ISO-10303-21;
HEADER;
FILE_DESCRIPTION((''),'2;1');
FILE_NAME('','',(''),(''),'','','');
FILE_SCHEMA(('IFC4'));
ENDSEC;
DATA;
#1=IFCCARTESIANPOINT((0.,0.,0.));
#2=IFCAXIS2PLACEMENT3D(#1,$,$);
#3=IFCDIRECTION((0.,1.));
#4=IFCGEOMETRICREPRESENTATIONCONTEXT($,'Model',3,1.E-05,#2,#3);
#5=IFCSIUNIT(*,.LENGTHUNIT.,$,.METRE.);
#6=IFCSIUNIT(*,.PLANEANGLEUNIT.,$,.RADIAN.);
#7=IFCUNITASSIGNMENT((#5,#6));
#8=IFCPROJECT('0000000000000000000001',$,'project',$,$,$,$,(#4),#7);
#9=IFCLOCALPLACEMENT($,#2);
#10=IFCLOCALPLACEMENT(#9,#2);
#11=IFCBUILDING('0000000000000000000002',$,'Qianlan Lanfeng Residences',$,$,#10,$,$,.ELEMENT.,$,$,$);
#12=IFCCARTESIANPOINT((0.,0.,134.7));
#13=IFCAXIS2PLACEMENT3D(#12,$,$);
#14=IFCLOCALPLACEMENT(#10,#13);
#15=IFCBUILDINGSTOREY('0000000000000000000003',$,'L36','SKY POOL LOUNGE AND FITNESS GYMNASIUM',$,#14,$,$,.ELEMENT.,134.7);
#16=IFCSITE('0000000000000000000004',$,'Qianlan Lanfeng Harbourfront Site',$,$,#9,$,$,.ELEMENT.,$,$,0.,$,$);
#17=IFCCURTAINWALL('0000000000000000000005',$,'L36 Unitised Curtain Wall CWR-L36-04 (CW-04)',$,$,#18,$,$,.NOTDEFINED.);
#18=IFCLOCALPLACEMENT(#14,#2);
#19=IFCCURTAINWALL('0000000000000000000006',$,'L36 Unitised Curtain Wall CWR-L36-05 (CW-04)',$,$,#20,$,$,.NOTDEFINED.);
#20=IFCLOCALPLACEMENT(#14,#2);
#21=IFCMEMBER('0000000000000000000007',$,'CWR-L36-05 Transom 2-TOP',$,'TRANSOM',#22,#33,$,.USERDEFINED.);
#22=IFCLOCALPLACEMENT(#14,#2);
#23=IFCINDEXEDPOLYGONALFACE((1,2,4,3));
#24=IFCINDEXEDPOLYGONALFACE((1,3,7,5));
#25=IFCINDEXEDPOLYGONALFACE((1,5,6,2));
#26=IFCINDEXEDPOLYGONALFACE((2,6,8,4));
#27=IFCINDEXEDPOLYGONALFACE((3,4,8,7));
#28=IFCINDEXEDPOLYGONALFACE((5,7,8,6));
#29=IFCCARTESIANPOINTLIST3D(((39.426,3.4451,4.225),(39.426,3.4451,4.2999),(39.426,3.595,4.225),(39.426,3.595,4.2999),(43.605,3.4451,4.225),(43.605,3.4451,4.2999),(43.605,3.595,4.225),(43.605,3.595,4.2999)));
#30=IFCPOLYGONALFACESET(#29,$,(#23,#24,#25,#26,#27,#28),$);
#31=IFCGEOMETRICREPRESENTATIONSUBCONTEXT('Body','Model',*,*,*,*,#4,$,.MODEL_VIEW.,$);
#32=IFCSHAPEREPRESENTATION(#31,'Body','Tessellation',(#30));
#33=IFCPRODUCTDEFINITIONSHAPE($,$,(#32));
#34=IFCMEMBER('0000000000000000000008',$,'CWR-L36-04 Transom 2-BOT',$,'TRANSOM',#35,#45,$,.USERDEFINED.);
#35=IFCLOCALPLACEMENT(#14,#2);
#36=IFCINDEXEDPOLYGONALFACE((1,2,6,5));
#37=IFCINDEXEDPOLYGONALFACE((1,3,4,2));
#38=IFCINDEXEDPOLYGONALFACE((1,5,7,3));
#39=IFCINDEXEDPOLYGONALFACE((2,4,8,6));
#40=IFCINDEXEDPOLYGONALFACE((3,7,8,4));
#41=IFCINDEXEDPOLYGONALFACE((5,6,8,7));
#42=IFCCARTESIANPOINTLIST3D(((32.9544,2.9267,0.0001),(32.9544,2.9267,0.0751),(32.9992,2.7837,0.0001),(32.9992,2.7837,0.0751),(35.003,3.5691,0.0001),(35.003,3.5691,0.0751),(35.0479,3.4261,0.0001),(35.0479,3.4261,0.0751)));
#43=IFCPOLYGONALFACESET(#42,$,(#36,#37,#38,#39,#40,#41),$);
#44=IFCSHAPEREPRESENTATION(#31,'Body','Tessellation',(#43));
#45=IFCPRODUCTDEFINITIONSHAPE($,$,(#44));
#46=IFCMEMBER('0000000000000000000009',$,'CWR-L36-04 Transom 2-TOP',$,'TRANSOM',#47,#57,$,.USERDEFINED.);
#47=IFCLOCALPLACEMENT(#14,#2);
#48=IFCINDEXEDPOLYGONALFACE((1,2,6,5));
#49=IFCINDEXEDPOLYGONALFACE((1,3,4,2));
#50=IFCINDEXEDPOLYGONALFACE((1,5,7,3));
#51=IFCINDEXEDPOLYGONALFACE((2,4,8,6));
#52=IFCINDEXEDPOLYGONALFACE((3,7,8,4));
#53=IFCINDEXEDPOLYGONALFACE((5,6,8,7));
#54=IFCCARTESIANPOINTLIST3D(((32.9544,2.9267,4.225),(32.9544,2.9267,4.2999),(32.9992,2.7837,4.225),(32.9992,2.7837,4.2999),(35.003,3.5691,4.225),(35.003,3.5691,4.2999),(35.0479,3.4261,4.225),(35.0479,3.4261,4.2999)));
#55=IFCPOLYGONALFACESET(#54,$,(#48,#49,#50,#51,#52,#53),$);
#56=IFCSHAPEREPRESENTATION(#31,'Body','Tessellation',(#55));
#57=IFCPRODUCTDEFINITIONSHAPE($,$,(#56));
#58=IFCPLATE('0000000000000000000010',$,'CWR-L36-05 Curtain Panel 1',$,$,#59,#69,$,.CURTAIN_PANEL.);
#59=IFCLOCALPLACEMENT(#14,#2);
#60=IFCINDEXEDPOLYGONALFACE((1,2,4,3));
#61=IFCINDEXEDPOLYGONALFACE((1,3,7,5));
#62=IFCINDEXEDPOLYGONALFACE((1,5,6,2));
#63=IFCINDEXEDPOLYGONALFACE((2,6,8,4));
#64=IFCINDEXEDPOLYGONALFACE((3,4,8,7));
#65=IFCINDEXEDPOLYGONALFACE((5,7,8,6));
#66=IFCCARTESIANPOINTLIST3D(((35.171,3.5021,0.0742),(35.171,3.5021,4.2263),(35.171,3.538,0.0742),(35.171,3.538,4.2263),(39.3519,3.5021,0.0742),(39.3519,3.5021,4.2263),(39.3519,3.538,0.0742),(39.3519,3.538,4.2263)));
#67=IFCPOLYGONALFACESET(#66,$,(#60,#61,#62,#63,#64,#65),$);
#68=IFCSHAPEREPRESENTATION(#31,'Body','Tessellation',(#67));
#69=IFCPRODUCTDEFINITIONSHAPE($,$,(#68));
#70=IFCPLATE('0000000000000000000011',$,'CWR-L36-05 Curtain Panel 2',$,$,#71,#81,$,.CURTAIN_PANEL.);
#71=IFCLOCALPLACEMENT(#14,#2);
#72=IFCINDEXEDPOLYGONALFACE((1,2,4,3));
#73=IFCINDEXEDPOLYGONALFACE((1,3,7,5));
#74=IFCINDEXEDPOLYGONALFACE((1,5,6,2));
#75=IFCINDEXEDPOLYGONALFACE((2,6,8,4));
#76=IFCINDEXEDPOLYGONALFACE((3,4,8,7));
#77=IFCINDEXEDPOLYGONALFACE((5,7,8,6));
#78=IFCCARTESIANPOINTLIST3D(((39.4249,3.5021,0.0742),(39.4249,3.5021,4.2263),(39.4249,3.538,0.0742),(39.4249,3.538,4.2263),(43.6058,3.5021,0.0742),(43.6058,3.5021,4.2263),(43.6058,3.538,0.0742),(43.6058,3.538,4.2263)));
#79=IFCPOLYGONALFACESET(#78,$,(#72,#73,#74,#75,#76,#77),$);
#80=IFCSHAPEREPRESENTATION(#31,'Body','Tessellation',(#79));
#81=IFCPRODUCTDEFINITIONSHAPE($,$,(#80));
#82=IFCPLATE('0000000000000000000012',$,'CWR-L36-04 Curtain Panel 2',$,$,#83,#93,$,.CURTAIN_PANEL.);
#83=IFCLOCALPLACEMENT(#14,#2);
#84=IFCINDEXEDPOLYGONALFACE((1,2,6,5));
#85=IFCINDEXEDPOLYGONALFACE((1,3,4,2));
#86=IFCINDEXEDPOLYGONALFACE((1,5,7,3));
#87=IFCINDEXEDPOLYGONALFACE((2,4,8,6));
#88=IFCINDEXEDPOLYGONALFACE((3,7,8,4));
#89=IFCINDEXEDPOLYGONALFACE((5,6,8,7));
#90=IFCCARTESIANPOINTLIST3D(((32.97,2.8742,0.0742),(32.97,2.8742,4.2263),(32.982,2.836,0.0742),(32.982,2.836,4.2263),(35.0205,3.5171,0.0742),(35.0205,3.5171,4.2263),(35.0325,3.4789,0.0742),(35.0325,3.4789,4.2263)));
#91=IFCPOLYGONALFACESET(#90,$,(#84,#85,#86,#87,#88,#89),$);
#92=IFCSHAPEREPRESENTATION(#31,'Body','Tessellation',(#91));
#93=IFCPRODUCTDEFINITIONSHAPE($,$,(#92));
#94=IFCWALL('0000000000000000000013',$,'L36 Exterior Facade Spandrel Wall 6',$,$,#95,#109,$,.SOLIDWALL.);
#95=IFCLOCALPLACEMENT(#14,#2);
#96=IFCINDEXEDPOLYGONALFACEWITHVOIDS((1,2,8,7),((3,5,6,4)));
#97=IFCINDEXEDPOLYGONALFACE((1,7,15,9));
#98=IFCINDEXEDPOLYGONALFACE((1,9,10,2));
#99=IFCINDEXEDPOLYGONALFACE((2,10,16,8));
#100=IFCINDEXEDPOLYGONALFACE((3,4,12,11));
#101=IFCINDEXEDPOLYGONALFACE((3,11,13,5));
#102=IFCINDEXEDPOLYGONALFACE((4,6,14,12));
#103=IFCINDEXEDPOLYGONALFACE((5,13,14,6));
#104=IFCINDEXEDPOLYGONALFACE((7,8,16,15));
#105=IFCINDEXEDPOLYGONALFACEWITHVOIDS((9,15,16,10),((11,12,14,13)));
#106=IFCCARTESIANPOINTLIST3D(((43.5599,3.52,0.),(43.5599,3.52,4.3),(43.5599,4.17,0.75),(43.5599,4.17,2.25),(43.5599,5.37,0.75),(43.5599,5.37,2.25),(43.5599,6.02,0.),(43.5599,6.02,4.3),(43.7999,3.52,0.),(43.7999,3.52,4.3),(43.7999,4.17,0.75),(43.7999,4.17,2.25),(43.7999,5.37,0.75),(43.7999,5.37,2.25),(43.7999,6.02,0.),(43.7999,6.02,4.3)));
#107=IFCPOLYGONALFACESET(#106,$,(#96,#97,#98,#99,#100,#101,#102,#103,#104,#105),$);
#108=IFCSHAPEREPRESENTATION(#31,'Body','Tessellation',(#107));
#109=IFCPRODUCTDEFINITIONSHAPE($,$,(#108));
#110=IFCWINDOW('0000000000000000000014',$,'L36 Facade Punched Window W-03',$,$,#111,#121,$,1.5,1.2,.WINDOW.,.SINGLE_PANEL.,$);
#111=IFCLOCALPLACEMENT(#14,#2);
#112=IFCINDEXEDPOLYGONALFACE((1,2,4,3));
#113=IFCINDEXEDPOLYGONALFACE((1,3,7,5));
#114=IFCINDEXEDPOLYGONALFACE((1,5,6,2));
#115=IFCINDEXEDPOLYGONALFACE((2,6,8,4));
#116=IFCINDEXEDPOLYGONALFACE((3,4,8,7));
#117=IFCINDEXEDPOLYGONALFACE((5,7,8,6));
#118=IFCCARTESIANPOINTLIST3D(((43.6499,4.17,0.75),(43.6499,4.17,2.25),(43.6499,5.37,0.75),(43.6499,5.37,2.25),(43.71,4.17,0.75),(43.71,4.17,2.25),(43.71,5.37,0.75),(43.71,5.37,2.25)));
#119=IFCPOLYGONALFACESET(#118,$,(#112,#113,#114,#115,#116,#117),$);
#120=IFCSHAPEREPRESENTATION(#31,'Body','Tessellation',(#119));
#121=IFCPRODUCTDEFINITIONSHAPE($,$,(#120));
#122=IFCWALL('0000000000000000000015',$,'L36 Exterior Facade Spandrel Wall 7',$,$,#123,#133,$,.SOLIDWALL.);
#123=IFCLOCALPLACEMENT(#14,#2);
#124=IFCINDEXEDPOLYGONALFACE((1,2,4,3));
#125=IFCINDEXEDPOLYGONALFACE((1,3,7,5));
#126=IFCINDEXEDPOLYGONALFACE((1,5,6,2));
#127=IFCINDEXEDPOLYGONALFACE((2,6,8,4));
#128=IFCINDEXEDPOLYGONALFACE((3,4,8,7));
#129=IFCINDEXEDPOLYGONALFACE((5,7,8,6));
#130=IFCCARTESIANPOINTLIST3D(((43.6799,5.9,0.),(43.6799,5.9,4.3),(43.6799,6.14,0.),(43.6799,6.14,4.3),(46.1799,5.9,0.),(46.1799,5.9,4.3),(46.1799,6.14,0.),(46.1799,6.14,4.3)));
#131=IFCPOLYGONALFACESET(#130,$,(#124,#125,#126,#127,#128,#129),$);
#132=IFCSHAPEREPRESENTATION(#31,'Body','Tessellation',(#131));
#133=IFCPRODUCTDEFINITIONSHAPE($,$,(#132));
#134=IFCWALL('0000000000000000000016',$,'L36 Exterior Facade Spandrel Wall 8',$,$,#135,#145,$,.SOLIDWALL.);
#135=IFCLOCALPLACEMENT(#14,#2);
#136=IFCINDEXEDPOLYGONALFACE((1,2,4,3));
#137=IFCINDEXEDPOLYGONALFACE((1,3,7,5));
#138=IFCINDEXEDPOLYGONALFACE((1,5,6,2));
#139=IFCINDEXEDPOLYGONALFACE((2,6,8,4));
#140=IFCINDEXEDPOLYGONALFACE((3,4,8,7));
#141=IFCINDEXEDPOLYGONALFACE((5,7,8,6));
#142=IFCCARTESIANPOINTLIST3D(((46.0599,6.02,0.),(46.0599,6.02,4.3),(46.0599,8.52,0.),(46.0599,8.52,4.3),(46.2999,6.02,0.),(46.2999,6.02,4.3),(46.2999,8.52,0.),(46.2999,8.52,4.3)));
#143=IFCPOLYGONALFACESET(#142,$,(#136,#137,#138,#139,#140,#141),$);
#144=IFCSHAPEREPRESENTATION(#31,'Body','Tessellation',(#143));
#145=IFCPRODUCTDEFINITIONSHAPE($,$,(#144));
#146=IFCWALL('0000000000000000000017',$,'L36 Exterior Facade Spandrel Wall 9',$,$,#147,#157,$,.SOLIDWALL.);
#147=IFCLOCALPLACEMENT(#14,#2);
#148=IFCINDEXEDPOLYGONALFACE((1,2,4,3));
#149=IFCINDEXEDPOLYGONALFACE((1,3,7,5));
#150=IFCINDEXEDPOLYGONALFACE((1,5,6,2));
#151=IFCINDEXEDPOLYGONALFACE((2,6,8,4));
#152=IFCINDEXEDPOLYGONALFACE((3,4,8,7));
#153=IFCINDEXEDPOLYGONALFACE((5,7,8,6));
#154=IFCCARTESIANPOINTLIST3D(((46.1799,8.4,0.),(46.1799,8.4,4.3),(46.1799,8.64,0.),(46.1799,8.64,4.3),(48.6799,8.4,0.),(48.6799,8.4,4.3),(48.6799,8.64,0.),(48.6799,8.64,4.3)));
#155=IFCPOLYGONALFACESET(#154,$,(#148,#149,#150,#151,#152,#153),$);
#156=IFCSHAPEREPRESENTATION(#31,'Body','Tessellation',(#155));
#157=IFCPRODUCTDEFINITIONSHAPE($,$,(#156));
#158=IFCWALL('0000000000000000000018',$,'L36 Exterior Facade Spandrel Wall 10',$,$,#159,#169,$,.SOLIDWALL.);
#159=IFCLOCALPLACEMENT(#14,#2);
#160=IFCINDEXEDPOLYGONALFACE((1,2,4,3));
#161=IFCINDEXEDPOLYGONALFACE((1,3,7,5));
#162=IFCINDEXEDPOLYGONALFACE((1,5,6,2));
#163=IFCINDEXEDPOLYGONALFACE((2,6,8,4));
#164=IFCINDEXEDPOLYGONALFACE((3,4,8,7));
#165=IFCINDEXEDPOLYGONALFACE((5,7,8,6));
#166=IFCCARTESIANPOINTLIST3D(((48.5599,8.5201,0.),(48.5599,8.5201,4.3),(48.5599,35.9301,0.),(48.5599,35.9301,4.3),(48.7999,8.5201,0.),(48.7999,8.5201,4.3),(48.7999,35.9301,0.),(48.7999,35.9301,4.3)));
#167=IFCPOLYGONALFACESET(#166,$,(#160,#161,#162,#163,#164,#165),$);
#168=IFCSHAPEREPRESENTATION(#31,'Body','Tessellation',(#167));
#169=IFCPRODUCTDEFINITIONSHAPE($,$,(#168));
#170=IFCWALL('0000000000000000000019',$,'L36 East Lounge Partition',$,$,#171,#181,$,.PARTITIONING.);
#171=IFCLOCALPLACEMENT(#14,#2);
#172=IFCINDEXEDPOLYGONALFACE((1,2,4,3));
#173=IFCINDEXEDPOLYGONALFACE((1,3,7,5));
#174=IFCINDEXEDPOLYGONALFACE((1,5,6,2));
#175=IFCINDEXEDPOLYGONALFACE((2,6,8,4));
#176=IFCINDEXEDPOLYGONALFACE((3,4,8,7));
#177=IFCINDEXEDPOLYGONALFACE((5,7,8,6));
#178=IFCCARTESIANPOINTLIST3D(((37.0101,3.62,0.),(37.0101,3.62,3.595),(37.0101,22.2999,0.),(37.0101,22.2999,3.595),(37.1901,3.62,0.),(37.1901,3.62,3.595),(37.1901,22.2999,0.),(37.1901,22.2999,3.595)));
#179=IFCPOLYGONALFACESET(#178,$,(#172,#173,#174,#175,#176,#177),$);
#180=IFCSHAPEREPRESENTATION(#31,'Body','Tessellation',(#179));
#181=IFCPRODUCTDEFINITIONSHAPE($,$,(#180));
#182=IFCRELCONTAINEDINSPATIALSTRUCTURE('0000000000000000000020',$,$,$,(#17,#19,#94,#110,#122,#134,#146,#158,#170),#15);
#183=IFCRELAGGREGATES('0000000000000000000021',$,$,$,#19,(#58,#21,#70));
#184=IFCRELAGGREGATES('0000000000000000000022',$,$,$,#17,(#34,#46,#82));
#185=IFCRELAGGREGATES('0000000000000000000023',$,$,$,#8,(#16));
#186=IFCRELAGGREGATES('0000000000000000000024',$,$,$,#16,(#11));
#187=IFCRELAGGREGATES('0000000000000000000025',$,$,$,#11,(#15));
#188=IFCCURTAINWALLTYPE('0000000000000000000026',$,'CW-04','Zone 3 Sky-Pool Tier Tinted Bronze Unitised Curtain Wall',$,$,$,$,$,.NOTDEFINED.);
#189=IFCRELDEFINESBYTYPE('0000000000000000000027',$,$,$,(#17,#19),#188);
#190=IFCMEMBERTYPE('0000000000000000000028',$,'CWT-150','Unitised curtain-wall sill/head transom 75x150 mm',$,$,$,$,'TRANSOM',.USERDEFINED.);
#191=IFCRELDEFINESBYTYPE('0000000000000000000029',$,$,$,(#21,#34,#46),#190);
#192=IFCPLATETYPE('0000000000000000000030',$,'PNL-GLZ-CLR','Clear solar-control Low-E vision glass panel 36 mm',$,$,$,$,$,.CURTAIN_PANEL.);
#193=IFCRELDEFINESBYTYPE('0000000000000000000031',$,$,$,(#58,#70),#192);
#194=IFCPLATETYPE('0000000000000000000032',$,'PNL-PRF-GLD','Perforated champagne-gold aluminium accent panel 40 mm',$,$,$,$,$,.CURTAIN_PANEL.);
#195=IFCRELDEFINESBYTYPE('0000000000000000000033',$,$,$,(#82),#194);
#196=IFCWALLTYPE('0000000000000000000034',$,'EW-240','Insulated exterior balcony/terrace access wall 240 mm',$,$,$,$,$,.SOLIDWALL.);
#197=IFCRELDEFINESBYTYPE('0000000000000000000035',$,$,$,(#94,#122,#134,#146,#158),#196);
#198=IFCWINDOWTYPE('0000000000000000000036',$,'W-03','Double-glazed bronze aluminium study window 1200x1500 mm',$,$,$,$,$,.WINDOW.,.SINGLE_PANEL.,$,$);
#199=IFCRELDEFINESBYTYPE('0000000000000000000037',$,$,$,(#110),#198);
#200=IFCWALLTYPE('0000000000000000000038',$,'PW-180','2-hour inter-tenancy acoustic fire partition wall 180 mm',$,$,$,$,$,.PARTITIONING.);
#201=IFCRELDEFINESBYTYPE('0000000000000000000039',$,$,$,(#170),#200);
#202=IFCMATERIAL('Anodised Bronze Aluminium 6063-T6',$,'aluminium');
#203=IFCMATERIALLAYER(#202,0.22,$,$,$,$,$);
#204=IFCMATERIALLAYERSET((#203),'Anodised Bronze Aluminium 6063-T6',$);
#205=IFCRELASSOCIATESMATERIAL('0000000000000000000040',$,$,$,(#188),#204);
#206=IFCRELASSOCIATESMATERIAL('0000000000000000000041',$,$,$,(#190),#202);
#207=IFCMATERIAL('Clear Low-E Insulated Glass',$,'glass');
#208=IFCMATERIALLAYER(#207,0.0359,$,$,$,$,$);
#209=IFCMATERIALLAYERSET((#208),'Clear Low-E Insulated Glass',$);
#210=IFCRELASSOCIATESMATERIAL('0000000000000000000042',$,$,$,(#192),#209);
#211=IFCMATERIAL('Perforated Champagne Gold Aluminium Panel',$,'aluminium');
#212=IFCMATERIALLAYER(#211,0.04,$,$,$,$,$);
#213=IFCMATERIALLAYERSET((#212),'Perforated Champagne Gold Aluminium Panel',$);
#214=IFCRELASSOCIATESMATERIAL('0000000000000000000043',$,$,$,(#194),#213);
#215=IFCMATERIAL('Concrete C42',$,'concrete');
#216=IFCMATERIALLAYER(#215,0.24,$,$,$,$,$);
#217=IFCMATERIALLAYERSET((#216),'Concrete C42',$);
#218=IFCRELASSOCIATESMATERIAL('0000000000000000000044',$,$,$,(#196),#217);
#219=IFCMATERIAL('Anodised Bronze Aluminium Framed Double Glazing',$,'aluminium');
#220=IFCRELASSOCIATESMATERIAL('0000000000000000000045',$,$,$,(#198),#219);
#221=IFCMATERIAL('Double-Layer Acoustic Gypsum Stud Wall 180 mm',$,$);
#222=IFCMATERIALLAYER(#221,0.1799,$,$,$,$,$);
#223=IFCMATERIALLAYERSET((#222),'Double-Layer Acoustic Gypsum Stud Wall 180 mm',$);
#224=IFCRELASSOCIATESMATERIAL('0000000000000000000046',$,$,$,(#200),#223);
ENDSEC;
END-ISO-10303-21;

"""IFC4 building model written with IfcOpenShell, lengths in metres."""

from ifc_helpers import new_model, si_unit, direction, frame, frame_2d, origin, origin_2d, place, context, subcontext, project, spatial, rectangle, extrude, source, transform, mapped, material, layer, layer_set, material_profile, profile_set, type_object, element, fill, aggregate, save


model = new_model("IFC4")

# Units and contexts
model_context = context("Model", 3, precision=1e-05, world=origin(), true_north=direction((0.0, 1.0)))
body_context = subcontext(model_context, "Body", "Model", "MODEL_VIEW")
ifc_project = project(units=[si_unit("LENGTHUNIT", "METRE"), si_unit("PLANEANGLEUNIT", "RADIAN")], contexts=[model_context])

# Site, building, storey
site_placement = place(None, origin())
site = spatial("IfcSite", under=ifc_project, at=site_placement, Name="Qianlan Lanfeng Harbourfront Site", CompositionType="ELEMENT", RefElevation=0.0)
building_placement = place(site_placement, origin())
building = spatial("IfcBuilding", under=site, at=building_placement, Name="Qianlan Lanfeng Residences", CompositionType="ELEMENT")
storey_placement = place(building_placement, frame((0.0, 0.0, 134.7)))
storey = spatial("IfcBuildingStorey", under=building, at=storey_placement, Name="L36", Description="SKY POOL LOUNGE AND FITNESS GYMNASIUM", CompositionType="ELEMENT", Elevation=134.7)

# Curtain wall
ifc_material_1 = material(Name="Anodised Bronze Aluminium 6063-T6", Category="aluminium")
ifc_layer_1 = layer(ifc_material_1, 0.22)
ifc_layer_set_1 = layer_set([ifc_layer_1], Name="Anodised Bronze Aluminium 6063-T6")
curtain_wall_type = type_object("IfcCurtainWallType", Name="CW-04", Description="Zone 3 Sky-Pool Tier Tinted Bronze Unitised Curtain Wall", PredefinedType="NOTDEFINED", material=ifc_layer_set_1)
curtain_wall_1_placement = place(storey_placement, origin())
curtain_wall_1 = element("IfcCurtainWall", 1, at=curtain_wall_1_placement, inside=storey, type_object=curtain_wall_type, Name="L36 Unitised Curtain Wall CWR-L36-04 (CW-04)", PredefinedType="NOTDEFINED")

# Curtain wall, member
curtain_wall_2_placement = place(storey_placement, origin())
curtain_wall_2 = element("IfcCurtainWall", 2, at=curtain_wall_2_placement, inside=storey, type_object=curtain_wall_type, Name="L36 Unitised Curtain Wall CWR-L36-05 (CW-04)", PredefinedType="NOTDEFINED")
ifc_material_profile_1 = material_profile(ifc_material_1, rectangle(XDim=0.075, YDim=0.1499, at=origin_2d()), Name="ALU TRANSOM 75x150")
ifc_profile_set_1 = profile_set([ifc_material_profile_1], Name="Anodised Bronze Aluminium 6063-T6")
member_type_1 = type_object("IfcMemberType", Name="CWT-150", Description="Unitised curtain-wall sill/head transom 75x150 mm", ElementType="TRANSOM", PredefinedType="USERDEFINED", material=ifc_profile_set_1)
shared_shape_1 = source(origin(), body_context, "Body", "SweptSolid", [
    extrude(rectangle(XDim=0.075, YDim=0.1499, at=origin_2d()), origin(), (0.0, 0.0, 1.0), 4.179),
])
member_1_placement = place(storey_placement, frame((39.426, 3.52, 4.2625), z_axis=(1.0, 0.0, 0.0), x_axis=(0.0, 0.0, 1.0)))
member_1 = element("IfcMember", 3, at=member_1_placement, type_object=member_type_1, Name="CWR-L36-05 Transom 2-TOP", ObjectType="TRANSOM", PredefinedType="USERDEFINED", context=body_context, shape_type="MappedRepresentation", body=[
    mapped(shared_shape_1, transform((0.0, 0.0, 0.0), scale=1.0)),
])

# Members
shared_shape_2 = source(origin(), body_context, "Body", "SweptSolid", [
    extrude(rectangle(XDim=0.075, YDim=0.1499, at=origin_2d()), origin(), (0.0, 0.0, 1.0), 2.147),
])
member_2_placement = place(storey_placement, frame((32.9768, 2.8552, 0.0376), z_axis=(0.954194, 0.299188, 0.0), x_axis=(0.0, 0.0, 1.0)))
member_2 = element("IfcMember", 4, at=member_2_placement, type_object=member_type_1, Name="CWR-L36-04 Transom 2-BOT", ObjectType="TRANSOM", PredefinedType="USERDEFINED", context=body_context, shape_type="MappedRepresentation", body=[
    mapped(shared_shape_2, transform((0.0, 0.0, 0.0), scale=1.0)),
])
member_3_placement = place(storey_placement, frame((32.9768, 2.8552, 4.2625), z_axis=(0.954194, 0.299188, 0.0), x_axis=(0.0, 0.0, 1.0)))
member_3 = element("IfcMember", 5, at=member_3_placement, type_object=member_type_1, Name="CWR-L36-04 Transom 2-TOP", ObjectType="TRANSOM", PredefinedType="USERDEFINED", context=body_context, shape_type="MappedRepresentation", body=[
    mapped(shared_shape_2, transform((0.0, 0.0, 0.0), scale=1.0)),
])

# Plates
ifc_material_2 = material(Name="Clear Low-E Insulated Glass", Category="glass")
ifc_layer_2 = layer(ifc_material_2, 0.0359)
ifc_layer_set_2 = layer_set([ifc_layer_2], Name="Clear Low-E Insulated Glass")
plate_type_1 = type_object("IfcPlateType", Name="PNL-GLZ-CLR", Description="Clear solar-control Low-E vision glass panel 36 mm", PredefinedType="CURTAIN_PANEL", material=ifc_layer_set_2)
shared_shape_3 = source(origin(), body_context, "Body", "SweptSolid", [
    extrude(rectangle(XDim=4.1809, YDim=0.0359, at=origin_2d()), origin(), (0.0, 0.0, 1.0), 4.1521),
])
plate_1_placement = place(storey_placement, frame((37.2615, 3.52, 0.0742), z_axis=(0.0, 0.0, 1.0), x_axis=(1.0, 0.0, 0.0)))
plate_1 = element("IfcPlate", 6, at=plate_1_placement, type_object=plate_type_1, Name="CWR-L36-05 Curtain Panel 1", PredefinedType="CURTAIN_PANEL", context=body_context, shape_type="MappedRepresentation", body=[
    mapped(shared_shape_3, transform((0.0, 0.0, 0.0), scale=1.0)),
])
plate_2_placement = place(storey_placement, frame((41.5154, 3.52, 0.0742), z_axis=(0.0, 0.0, 1.0), x_axis=(1.0, 0.0, 0.0)))
plate_2 = element("IfcPlate", 7, at=plate_2_placement, type_object=plate_type_1, Name="CWR-L36-05 Curtain Panel 2", PredefinedType="CURTAIN_PANEL", context=body_context, shape_type="MappedRepresentation", body=[
    mapped(shared_shape_3, transform((0.0, 0.0, 0.0), scale=1.0)),
])
aggregate(curtain_wall_2, [plate_1, member_1, plate_2])
ifc_material_3 = material(Name="Perforated Champagne Gold Aluminium Panel", Category="aluminium")
ifc_layer_3 = layer(ifc_material_3, 0.04)
ifc_layer_set_3 = layer_set([ifc_layer_3], Name="Perforated Champagne Gold Aluminium Panel")
plate_type_2 = type_object("IfcPlateType", Name="PNL-PRF-GLD", Description="Perforated champagne-gold aluminium accent panel 40 mm", PredefinedType="CURTAIN_PANEL", material=ifc_layer_set_3)
shared_shape_4 = source(origin(), body_context, "Body", "SweptSolid", [
    extrude(rectangle(XDim=2.1489, YDim=0.04, at=origin_2d()), origin(), (0.0, 0.0, 1.0), 4.1521),
])
plate_3_placement = place(storey_placement, frame((34.0012, 3.1765, 0.0742), z_axis=(0.0, 0.0, 1.0), x_axis=(0.954196, 0.299182, 0.0)))
plate_3 = element("IfcPlate", 8, at=plate_3_placement, type_object=plate_type_2, Name="CWR-L36-04 Curtain Panel 2", PredefinedType="CURTAIN_PANEL", context=body_context, shape_type="MappedRepresentation", body=[
    mapped(shared_shape_4, transform((0.0, 0.0, 0.0), scale=1.0)),
])
aggregate(curtain_wall_1, [member_2, member_3, plate_3])

# Wall, opening, window
ifc_material_4 = material(Name="Concrete C42", Category="concrete")
ifc_layer_4 = layer(ifc_material_4, 0.24)
ifc_layer_set_4 = layer_set([ifc_layer_4], Name="Concrete C42")
wall_type_1 = type_object("IfcWallType", Name="EW-240", Description="Insulated exterior balcony/terrace access wall 240 mm", PredefinedType="SOLIDWALL", material=ifc_layer_set_4)
wall_1_placement = place(storey_placement, frame((43.6799, 3.52, 0.0), z_axis=(0.0, 0.0, 1.0), x_axis=(0.0, 1.0, 0.0)))
wall_1 = element("IfcWall", 9, at=wall_1_placement, inside=storey, type_object=wall_type_1, Name="L36 Exterior Facade Spandrel Wall 6", PredefinedType="SOLIDWALL", context=body_context, shape_type="SweptSolid", body=[
    extrude(rectangle(XDim=2.5, YDim=0.24, at=frame_2d((1.25, 0.0))), origin(), (0.0, 0.0, 1.0), 4.3),
])
opening_placement = place(wall_1_placement, frame((0.6499, 0.0, 0.75)))
opening = element("IfcOpeningElement", 10, at=opening_placement, cuts=wall_1, PredefinedType="OPENING", context=body_context, shape_type="SweptSolid", body=[
    extrude(rectangle(XDim=1.2, YDim=1.5, at=frame_2d((0.6001, 0.75))), frame((0.0, 0.1299, 0.0), z_axis=(0.0, -1.0, 0.0), x_axis=(1.0, 0.0, 0.0)), (0.0, 0.0, 1.0), 0.26),
])
ifc_material_5 = material(Name="Anodised Bronze Aluminium Framed Double Glazing", Category="aluminium")
window_type = type_object("IfcWindowType", Name="W-03", Description="Double-glazed bronze aluminium study window 1200x1500 mm", PartitioningType="SINGLE_PANEL", PredefinedType="WINDOW", material=ifc_material_5)
window_placement = place(opening_placement, origin())
window = element("IfcWindow", 11, at=window_placement, inside=storey, type_object=window_type, Name="L36 Facade Punched Window W-03", OverallHeight=1.5, OverallWidth=1.2, PartitioningType="SINGLE_PANEL", PredefinedType="WINDOW", context=body_context, shape_type="SweptSolid", body=[
    extrude(rectangle(XDim=1.2, YDim=1.5, at=frame_2d((0.6001, 0.75))), frame((0.0, 0.03, 0.0), z_axis=(0.0, -1.0, 0.0), x_axis=(1.0, 0.0, 0.0)), (0.0, 0.0, 1.0), 0.0601),
])
fill(opening, window)

# Walls
for number, where, z_axis, x_axis, name in (
    (12, (43.6799, 6.02, 0.0), (0.0, 0.0, 1.0), (1.0, 0.0, 0.0), "L36 Exterior Facade Spandrel Wall 7"),
    (13, (46.1799, 6.02, 0.0), (0.0, 0.0, 1.0), (0.0, 1.0, 0.0), "L36 Exterior Facade Spandrel Wall 8"),
    (14, (46.1799, 8.52, 0.0), (0.0, 0.0, 1.0), (1.0, 0.0, 0.0), "L36 Exterior Facade Spandrel Wall 9"),
):
    element("IfcWall", number, at=place(storey_placement, frame(where, z_axis=z_axis, x_axis=x_axis)), inside=storey, type_object=wall_type_1, Name=name, PredefinedType="SOLIDWALL", context=body_context, shape_type="SweptSolid", body=[
        extrude(rectangle(XDim=2.5, YDim=0.24, at=frame_2d((1.25, 0.0))), origin(), (0.0, 0.0, 1.0), 4.3),
    ])
wall_2_placement = place(storey_placement, frame((48.6799, 8.52, 0.0), z_axis=(0.0, 0.0, 1.0), x_axis=(0.0, 1.0, 0.0)))
element("IfcWall", 15, at=wall_2_placement, inside=storey, type_object=wall_type_1, Name="L36 Exterior Facade Spandrel Wall 10", PredefinedType="SOLIDWALL", context=body_context, shape_type="SweptSolid", body=[
    extrude(rectangle(XDim=27.4099, YDim=0.24, at=frame_2d((13.7051, 0.0))), origin(), (0.0, 0.0, 1.0), 4.3),
])
ifc_material_6 = material(Name="Double-Layer Acoustic Gypsum Stud Wall 180 mm")
ifc_layer_5 = layer(ifc_material_6, 0.1799)
ifc_layer_set_5 = layer_set([ifc_layer_5], Name="Double-Layer Acoustic Gypsum Stud Wall 180 mm")
wall_type_2 = type_object("IfcWallType", Name="PW-180", Description="2-hour inter-tenancy acoustic fire partition wall 180 mm", PredefinedType="PARTITIONING", material=ifc_layer_set_5)
wall_3_placement = place(storey_placement, frame((37.1001, 3.6201, 0.0), z_axis=(0.0, 0.0, 1.0), x_axis=(0.0, 1.0, 0.0)))
element("IfcWall", 16, at=wall_3_placement, inside=storey, type_object=wall_type_2, Name="L36 East Lounge Partition", PredefinedType="PARTITIONING", context=body_context, shape_type="SweptSolid", body=[
    extrude(rectangle(XDim=18.6799, YDim=0.1799, at=frame_2d((9.3398, 0.0))), origin(), (0.0, 0.0, 1.0), 3.595),
])

save(model, "model.ifc")
